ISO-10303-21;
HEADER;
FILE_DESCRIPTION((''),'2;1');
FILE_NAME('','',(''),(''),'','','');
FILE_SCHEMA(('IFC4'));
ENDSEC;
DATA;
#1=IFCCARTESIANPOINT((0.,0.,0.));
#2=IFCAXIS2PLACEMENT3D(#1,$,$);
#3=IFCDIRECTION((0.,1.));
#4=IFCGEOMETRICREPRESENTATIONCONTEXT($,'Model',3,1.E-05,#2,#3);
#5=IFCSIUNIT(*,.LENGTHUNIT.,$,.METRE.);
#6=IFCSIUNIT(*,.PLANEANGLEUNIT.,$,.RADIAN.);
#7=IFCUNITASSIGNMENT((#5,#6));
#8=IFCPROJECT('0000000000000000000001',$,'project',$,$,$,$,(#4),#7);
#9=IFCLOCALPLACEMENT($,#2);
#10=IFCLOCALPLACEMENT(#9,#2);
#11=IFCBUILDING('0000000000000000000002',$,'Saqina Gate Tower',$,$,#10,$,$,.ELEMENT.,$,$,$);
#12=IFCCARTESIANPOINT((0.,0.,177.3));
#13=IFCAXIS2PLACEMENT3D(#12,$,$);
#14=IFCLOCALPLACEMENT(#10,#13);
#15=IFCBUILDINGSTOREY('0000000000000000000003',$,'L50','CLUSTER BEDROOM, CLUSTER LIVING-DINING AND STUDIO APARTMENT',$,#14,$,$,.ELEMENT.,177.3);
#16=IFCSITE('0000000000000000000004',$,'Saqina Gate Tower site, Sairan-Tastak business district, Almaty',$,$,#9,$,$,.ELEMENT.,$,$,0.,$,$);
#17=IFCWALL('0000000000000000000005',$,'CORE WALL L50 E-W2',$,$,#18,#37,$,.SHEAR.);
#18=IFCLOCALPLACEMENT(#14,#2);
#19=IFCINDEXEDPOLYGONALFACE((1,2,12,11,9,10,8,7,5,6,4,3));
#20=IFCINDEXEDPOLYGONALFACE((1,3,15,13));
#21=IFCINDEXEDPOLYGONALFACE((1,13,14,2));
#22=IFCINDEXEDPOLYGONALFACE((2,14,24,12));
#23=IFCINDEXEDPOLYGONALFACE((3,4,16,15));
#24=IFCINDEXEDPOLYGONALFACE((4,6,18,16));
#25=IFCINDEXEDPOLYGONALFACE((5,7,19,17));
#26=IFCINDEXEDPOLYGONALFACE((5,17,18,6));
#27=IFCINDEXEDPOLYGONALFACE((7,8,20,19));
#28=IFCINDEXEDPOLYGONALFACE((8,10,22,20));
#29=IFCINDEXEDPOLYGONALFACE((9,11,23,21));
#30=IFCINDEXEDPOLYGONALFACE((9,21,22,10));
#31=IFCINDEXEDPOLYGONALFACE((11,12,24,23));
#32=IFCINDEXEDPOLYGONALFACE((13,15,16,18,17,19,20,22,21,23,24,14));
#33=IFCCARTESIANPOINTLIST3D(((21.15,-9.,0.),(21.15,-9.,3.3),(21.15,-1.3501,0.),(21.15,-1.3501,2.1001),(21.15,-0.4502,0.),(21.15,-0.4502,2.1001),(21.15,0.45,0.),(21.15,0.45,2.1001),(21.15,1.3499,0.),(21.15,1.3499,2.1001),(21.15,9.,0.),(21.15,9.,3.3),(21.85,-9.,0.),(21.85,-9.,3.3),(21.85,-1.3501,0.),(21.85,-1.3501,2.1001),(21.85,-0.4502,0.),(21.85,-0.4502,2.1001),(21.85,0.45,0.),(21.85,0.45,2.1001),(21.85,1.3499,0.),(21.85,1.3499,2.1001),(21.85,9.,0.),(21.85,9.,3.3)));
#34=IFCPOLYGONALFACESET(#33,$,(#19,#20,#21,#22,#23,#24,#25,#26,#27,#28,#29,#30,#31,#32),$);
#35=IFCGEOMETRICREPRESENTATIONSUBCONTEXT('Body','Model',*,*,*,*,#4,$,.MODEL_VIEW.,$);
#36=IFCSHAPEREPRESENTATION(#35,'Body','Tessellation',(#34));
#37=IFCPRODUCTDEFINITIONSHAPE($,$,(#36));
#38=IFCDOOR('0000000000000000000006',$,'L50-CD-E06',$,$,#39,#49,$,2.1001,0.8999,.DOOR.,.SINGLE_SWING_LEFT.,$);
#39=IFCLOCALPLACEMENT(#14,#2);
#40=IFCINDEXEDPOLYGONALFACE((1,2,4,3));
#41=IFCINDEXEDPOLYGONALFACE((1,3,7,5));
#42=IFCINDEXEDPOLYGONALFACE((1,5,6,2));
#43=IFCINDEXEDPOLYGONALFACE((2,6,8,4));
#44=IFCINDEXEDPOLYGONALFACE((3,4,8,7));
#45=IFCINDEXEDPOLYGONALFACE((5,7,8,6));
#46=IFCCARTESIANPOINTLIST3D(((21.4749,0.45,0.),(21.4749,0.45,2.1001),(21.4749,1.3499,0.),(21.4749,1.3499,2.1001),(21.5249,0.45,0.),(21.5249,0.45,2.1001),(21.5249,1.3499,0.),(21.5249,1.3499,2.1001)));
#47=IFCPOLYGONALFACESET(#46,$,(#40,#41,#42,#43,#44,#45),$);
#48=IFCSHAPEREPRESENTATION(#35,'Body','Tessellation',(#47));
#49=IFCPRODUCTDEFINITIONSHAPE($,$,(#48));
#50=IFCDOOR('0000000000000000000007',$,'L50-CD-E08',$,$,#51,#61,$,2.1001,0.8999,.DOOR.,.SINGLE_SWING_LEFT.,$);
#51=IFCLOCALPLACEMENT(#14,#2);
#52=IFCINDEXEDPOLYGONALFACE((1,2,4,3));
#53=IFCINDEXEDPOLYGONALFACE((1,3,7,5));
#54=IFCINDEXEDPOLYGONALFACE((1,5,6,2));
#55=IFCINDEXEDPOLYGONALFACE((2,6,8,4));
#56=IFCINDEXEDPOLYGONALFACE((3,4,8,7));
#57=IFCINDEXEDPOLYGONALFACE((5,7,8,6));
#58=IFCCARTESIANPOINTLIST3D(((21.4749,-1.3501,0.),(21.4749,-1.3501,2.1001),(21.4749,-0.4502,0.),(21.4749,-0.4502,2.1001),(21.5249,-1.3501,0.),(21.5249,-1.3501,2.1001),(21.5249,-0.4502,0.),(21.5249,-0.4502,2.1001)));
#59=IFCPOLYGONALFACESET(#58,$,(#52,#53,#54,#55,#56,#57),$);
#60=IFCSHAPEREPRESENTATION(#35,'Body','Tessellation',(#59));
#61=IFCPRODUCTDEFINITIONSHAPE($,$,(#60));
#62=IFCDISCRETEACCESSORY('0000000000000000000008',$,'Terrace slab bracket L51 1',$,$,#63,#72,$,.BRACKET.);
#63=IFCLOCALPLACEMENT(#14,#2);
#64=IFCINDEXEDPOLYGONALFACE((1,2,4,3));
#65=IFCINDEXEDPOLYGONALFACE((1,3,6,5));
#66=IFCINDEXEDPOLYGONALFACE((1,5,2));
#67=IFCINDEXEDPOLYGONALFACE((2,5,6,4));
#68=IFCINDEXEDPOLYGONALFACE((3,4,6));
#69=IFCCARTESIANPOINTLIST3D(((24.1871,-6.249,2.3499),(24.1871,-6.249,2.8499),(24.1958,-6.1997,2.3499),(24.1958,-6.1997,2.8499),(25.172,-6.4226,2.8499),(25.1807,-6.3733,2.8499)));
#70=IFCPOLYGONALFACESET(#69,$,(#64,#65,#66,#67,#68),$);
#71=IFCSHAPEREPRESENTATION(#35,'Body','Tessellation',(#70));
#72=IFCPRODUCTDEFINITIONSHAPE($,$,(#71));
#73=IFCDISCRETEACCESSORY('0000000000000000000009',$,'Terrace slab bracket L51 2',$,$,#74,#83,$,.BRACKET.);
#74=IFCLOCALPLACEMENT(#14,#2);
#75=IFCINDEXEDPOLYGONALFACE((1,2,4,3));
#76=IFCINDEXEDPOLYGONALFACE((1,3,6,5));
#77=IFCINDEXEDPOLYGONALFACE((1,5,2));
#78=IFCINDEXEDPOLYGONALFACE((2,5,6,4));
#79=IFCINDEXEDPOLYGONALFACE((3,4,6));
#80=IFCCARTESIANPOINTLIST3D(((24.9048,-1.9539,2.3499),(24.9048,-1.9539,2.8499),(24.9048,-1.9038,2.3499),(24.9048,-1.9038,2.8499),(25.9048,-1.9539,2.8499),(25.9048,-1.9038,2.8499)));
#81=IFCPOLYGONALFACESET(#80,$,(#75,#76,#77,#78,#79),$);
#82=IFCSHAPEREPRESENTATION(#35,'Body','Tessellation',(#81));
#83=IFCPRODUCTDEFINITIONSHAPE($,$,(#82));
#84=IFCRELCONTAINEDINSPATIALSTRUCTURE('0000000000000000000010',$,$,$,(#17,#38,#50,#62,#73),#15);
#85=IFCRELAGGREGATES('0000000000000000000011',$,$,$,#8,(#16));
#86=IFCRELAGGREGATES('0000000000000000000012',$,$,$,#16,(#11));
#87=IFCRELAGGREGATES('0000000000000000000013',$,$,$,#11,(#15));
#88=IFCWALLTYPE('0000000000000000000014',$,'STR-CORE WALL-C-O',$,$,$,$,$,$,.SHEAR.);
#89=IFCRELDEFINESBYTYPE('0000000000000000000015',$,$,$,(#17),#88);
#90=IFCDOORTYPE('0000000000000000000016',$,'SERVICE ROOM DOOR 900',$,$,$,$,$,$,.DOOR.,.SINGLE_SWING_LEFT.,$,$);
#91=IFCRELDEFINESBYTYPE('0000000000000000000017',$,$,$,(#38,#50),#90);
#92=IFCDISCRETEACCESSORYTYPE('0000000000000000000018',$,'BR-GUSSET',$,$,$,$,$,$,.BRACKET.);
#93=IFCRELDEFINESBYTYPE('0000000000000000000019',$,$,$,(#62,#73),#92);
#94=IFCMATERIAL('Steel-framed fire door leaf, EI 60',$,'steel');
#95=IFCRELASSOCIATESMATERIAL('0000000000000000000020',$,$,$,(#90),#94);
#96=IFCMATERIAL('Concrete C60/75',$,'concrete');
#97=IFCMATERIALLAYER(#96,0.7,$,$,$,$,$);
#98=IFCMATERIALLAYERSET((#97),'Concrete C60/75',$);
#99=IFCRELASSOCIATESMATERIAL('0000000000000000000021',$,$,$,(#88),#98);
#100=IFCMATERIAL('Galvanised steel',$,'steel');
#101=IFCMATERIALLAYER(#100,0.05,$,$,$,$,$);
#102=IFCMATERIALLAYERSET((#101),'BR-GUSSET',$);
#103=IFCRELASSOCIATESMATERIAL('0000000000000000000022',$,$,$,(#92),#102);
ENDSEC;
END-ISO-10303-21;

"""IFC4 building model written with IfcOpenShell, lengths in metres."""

from ifc_helpers import new_model, si_unit, direction, frame, frame_2d, origin, place, context, subcontext, project, spatial, polyline, rectangle, outline, extrude, material, layer, layer_set, type_object, element, fill, save


model = new_model("IFC4")

# Units and contexts
model_context = context("Model", 3, precision=1e-05, world=origin(), true_north=direction((0.0, 1.0)))
body_context = subcontext(model_context, "Body", "Model", "MODEL_VIEW")
ifc_project = project(units=[si_unit("LENGTHUNIT", "METRE"), si_unit("PLANEANGLEUNIT", "RADIAN")], contexts=[model_context])

# Site, building, storey
site_placement = place(None, origin())
site = spatial("IfcSite", under=ifc_project, at=site_placement, Name="Saqina Gate Tower site, Sairan-Tastak business district, Almaty", CompositionType="ELEMENT", RefElevation=0.0)
building_placement = place(site_placement, origin())
building = spatial("IfcBuilding", under=site, at=building_placement, Name="Saqina Gate Tower", CompositionType="ELEMENT")
storey_placement = place(building_placement, frame((0.0, 0.0, 177.3)))
storey = spatial("IfcBuildingStorey", under=building, at=storey_placement, Name="L50", Description="CLUSTER BEDROOM, CLUSTER LIVING-DINING AND STUDIO APARTMENT", CompositionType="ELEMENT", Elevation=177.3)

# Shared definitions
ifc_material_1 = material(Name="Steel-framed fire door leaf, EI 60", Category="steel")
door_type_1 = type_object("IfcDoorType", Name="SERVICE ROOM DOOR 900", OperationType="SINGLE_SWING_LEFT", PredefinedType="DOOR", material=ifc_material_1)

# Wall, openings, doors
ifc_material_2 = material(Name="Concrete C60/75", Category="concrete")
ifc_layer_1 = layer(ifc_material_2, 0.7)
ifc_layer_set_1 = layer_set([ifc_layer_1], Name="Concrete C60/75")
wall_type_1 = type_object("IfcWallType", Name="STR-CORE WALL-C-O", PredefinedType="SHEAR", material=ifc_layer_set_1)
wall_1_placement = place(storey_placement, frame((21.5, -9.0, 0.0), z_axis=(0.0, 0.0, 1.0), x_axis=(0.0, 1.0, 0.0)))
wall_1 = element("IfcWall", 1, at=wall_1_placement, inside=storey, type_object=wall_type_1, Name="CORE WALL L50 E-W2", PredefinedType="SHEAR", context=body_context, shape_type="SweptSolid", body=[
    extrude(rectangle(XDim=18.0, YDim=0.7, at=frame_2d((9.0, 0.0))), origin(), (0.0, 0.0, 1.0), 3.3),
])
opening_1_placement = place(wall_1_placement, frame((9.45, 0.0, 0.0)))
opening_1 = element("IfcOpeningElement", 2, at=opening_1_placement, cuts=wall_1, PredefinedType="OPENING", context=body_context, shape_type="SweptSolid", body=[
    extrude(rectangle(XDim=0.8999, YDim=2.1001, at=frame_2d((0.45, 1.05))), frame((0.0, 0.3621, 0.0), z_axis=(0.0, -1.0, 0.0), x_axis=(1.0, 0.0, 0.0)), (0.0, 0.0, 1.0), 0.7239),
])
opening_2_placement = place(wall_1_placement, frame((7.6499, 0.0, 0.0)))
opening_2 = element("IfcOpeningElement", 3, at=opening_2_placement, cuts=wall_1, PredefinedType="OPENING", context=body_context, shape_type="SweptSolid", body=[
    extrude(rectangle(XDim=0.8999, YDim=2.1001, at=frame_2d((0.45, 1.05))), frame((0.0, 0.3621, 0.0), z_axis=(0.0, -1.0, 0.0), x_axis=(1.0, 0.0, 0.0)), (0.0, 0.0, 1.0), 0.7239),
])
door_1_placement = place(opening_1_placement, frame((0.8999, 0.0, 0.0), z_axis=(0.0, 0.0, 1.0), x_axis=(-1.0, 0.0, 0.0)))
door_1 = element("IfcDoor", 4, at=door_1_placement, inside=storey, type_object=door_type_1, Name="L50-CD-E06", OperationType="SINGLE_SWING_LEFT", OverallHeight=2.1001, OverallWidth=0.8999, PredefinedType="DOOR", context=body_context, shape_type="SweptSolid", body=[
    extrude(rectangle(XDim=0.8999, YDim=2.1001, at=frame_2d((0.45, 1.05))), frame((0.0, 0.0249, 0.0), z_axis=(0.0, -1.0, 0.0), x_axis=(1.0, 0.0, 0.0)), (0.0, 0.0, 1.0), 0.05),
])
fill(opening_1, door_1)
door_2_placement = place(opening_2_placement, frame((0.8999, 0.0, 0.0), z_axis=(0.0, 0.0, 1.0), x_axis=(-1.0, 0.0, 0.0)))
door_2 = element("IfcDoor", 5, at=door_2_placement, inside=storey, type_object=door_type_1, Name="L50-CD-E08", OperationType="SINGLE_SWING_LEFT", OverallHeight=2.1001, OverallWidth=0.8999, PredefinedType="DOOR", context=body_context, shape_type="SweptSolid", body=[
    extrude(rectangle(XDim=0.8999, YDim=2.1001, at=frame_2d((0.45, 1.05))), frame((0.0, 0.0249, 0.0), z_axis=(0.0, -1.0, 0.0), x_axis=(1.0, 0.0, 0.0)), (0.0, 0.0, 1.0), 0.05),
])
fill(opening_2, door_2)

# Discrete accessories
ifc_material_3 = material(Name="Galvanised steel", Category="steel")
ifc_layer_2 = layer(ifc_material_3, 0.05)
ifc_layer_set_2 = layer_set([ifc_layer_2], Name="BR-GUSSET")
discrete_accessory_type = type_object("IfcDiscreteAccessoryType", Name="BR-GUSSET", PredefinedType="BRACKET", material=ifc_layer_set_2)
discrete_accessory_1_placement = place(storey_placement, frame((24.1958, -6.1997, 2.3499), z_axis=(0.173576, 0.98482, 0.0), x_axis=(0.0, 0.0, 1.0)))
element("IfcDiscreteAccessory", 6, at=discrete_accessory_1_placement, inside=storey, type_object=discrete_accessory_type, Name="Terrace slab bracket L51 1", PredefinedType="BRACKET", context=body_context, shape_type="SweptSolid", body=[
    extrude(outline(polyline([(0.0, 0.0), (0.5, 0.0), (0.5, 1.0), (0.0, 0.0)])), origin(), (0.0, 0.0, -1.0), 0.05),
])
discrete_accessory_2_placement = place(storey_placement, frame((24.9048, -1.9038, 2.3499), z_axis=(0.0, 1.0, 0.0), x_axis=(0.0, 0.0, 1.0)))
element("IfcDiscreteAccessory", 7, at=discrete_accessory_2_placement, inside=storey, type_object=discrete_accessory_type, Name="Terrace slab bracket L51 2", PredefinedType="BRACKET", context=body_context, shape_type="SweptSolid", body=[
    extrude(outline(polyline([(0.0, 0.0), (0.5, 0.0), (0.5, 1.0), (0.0, 0.0)])), origin(), (0.0, 0.0, -1.0), 0.05),
])

save(model, "model.ifc")
